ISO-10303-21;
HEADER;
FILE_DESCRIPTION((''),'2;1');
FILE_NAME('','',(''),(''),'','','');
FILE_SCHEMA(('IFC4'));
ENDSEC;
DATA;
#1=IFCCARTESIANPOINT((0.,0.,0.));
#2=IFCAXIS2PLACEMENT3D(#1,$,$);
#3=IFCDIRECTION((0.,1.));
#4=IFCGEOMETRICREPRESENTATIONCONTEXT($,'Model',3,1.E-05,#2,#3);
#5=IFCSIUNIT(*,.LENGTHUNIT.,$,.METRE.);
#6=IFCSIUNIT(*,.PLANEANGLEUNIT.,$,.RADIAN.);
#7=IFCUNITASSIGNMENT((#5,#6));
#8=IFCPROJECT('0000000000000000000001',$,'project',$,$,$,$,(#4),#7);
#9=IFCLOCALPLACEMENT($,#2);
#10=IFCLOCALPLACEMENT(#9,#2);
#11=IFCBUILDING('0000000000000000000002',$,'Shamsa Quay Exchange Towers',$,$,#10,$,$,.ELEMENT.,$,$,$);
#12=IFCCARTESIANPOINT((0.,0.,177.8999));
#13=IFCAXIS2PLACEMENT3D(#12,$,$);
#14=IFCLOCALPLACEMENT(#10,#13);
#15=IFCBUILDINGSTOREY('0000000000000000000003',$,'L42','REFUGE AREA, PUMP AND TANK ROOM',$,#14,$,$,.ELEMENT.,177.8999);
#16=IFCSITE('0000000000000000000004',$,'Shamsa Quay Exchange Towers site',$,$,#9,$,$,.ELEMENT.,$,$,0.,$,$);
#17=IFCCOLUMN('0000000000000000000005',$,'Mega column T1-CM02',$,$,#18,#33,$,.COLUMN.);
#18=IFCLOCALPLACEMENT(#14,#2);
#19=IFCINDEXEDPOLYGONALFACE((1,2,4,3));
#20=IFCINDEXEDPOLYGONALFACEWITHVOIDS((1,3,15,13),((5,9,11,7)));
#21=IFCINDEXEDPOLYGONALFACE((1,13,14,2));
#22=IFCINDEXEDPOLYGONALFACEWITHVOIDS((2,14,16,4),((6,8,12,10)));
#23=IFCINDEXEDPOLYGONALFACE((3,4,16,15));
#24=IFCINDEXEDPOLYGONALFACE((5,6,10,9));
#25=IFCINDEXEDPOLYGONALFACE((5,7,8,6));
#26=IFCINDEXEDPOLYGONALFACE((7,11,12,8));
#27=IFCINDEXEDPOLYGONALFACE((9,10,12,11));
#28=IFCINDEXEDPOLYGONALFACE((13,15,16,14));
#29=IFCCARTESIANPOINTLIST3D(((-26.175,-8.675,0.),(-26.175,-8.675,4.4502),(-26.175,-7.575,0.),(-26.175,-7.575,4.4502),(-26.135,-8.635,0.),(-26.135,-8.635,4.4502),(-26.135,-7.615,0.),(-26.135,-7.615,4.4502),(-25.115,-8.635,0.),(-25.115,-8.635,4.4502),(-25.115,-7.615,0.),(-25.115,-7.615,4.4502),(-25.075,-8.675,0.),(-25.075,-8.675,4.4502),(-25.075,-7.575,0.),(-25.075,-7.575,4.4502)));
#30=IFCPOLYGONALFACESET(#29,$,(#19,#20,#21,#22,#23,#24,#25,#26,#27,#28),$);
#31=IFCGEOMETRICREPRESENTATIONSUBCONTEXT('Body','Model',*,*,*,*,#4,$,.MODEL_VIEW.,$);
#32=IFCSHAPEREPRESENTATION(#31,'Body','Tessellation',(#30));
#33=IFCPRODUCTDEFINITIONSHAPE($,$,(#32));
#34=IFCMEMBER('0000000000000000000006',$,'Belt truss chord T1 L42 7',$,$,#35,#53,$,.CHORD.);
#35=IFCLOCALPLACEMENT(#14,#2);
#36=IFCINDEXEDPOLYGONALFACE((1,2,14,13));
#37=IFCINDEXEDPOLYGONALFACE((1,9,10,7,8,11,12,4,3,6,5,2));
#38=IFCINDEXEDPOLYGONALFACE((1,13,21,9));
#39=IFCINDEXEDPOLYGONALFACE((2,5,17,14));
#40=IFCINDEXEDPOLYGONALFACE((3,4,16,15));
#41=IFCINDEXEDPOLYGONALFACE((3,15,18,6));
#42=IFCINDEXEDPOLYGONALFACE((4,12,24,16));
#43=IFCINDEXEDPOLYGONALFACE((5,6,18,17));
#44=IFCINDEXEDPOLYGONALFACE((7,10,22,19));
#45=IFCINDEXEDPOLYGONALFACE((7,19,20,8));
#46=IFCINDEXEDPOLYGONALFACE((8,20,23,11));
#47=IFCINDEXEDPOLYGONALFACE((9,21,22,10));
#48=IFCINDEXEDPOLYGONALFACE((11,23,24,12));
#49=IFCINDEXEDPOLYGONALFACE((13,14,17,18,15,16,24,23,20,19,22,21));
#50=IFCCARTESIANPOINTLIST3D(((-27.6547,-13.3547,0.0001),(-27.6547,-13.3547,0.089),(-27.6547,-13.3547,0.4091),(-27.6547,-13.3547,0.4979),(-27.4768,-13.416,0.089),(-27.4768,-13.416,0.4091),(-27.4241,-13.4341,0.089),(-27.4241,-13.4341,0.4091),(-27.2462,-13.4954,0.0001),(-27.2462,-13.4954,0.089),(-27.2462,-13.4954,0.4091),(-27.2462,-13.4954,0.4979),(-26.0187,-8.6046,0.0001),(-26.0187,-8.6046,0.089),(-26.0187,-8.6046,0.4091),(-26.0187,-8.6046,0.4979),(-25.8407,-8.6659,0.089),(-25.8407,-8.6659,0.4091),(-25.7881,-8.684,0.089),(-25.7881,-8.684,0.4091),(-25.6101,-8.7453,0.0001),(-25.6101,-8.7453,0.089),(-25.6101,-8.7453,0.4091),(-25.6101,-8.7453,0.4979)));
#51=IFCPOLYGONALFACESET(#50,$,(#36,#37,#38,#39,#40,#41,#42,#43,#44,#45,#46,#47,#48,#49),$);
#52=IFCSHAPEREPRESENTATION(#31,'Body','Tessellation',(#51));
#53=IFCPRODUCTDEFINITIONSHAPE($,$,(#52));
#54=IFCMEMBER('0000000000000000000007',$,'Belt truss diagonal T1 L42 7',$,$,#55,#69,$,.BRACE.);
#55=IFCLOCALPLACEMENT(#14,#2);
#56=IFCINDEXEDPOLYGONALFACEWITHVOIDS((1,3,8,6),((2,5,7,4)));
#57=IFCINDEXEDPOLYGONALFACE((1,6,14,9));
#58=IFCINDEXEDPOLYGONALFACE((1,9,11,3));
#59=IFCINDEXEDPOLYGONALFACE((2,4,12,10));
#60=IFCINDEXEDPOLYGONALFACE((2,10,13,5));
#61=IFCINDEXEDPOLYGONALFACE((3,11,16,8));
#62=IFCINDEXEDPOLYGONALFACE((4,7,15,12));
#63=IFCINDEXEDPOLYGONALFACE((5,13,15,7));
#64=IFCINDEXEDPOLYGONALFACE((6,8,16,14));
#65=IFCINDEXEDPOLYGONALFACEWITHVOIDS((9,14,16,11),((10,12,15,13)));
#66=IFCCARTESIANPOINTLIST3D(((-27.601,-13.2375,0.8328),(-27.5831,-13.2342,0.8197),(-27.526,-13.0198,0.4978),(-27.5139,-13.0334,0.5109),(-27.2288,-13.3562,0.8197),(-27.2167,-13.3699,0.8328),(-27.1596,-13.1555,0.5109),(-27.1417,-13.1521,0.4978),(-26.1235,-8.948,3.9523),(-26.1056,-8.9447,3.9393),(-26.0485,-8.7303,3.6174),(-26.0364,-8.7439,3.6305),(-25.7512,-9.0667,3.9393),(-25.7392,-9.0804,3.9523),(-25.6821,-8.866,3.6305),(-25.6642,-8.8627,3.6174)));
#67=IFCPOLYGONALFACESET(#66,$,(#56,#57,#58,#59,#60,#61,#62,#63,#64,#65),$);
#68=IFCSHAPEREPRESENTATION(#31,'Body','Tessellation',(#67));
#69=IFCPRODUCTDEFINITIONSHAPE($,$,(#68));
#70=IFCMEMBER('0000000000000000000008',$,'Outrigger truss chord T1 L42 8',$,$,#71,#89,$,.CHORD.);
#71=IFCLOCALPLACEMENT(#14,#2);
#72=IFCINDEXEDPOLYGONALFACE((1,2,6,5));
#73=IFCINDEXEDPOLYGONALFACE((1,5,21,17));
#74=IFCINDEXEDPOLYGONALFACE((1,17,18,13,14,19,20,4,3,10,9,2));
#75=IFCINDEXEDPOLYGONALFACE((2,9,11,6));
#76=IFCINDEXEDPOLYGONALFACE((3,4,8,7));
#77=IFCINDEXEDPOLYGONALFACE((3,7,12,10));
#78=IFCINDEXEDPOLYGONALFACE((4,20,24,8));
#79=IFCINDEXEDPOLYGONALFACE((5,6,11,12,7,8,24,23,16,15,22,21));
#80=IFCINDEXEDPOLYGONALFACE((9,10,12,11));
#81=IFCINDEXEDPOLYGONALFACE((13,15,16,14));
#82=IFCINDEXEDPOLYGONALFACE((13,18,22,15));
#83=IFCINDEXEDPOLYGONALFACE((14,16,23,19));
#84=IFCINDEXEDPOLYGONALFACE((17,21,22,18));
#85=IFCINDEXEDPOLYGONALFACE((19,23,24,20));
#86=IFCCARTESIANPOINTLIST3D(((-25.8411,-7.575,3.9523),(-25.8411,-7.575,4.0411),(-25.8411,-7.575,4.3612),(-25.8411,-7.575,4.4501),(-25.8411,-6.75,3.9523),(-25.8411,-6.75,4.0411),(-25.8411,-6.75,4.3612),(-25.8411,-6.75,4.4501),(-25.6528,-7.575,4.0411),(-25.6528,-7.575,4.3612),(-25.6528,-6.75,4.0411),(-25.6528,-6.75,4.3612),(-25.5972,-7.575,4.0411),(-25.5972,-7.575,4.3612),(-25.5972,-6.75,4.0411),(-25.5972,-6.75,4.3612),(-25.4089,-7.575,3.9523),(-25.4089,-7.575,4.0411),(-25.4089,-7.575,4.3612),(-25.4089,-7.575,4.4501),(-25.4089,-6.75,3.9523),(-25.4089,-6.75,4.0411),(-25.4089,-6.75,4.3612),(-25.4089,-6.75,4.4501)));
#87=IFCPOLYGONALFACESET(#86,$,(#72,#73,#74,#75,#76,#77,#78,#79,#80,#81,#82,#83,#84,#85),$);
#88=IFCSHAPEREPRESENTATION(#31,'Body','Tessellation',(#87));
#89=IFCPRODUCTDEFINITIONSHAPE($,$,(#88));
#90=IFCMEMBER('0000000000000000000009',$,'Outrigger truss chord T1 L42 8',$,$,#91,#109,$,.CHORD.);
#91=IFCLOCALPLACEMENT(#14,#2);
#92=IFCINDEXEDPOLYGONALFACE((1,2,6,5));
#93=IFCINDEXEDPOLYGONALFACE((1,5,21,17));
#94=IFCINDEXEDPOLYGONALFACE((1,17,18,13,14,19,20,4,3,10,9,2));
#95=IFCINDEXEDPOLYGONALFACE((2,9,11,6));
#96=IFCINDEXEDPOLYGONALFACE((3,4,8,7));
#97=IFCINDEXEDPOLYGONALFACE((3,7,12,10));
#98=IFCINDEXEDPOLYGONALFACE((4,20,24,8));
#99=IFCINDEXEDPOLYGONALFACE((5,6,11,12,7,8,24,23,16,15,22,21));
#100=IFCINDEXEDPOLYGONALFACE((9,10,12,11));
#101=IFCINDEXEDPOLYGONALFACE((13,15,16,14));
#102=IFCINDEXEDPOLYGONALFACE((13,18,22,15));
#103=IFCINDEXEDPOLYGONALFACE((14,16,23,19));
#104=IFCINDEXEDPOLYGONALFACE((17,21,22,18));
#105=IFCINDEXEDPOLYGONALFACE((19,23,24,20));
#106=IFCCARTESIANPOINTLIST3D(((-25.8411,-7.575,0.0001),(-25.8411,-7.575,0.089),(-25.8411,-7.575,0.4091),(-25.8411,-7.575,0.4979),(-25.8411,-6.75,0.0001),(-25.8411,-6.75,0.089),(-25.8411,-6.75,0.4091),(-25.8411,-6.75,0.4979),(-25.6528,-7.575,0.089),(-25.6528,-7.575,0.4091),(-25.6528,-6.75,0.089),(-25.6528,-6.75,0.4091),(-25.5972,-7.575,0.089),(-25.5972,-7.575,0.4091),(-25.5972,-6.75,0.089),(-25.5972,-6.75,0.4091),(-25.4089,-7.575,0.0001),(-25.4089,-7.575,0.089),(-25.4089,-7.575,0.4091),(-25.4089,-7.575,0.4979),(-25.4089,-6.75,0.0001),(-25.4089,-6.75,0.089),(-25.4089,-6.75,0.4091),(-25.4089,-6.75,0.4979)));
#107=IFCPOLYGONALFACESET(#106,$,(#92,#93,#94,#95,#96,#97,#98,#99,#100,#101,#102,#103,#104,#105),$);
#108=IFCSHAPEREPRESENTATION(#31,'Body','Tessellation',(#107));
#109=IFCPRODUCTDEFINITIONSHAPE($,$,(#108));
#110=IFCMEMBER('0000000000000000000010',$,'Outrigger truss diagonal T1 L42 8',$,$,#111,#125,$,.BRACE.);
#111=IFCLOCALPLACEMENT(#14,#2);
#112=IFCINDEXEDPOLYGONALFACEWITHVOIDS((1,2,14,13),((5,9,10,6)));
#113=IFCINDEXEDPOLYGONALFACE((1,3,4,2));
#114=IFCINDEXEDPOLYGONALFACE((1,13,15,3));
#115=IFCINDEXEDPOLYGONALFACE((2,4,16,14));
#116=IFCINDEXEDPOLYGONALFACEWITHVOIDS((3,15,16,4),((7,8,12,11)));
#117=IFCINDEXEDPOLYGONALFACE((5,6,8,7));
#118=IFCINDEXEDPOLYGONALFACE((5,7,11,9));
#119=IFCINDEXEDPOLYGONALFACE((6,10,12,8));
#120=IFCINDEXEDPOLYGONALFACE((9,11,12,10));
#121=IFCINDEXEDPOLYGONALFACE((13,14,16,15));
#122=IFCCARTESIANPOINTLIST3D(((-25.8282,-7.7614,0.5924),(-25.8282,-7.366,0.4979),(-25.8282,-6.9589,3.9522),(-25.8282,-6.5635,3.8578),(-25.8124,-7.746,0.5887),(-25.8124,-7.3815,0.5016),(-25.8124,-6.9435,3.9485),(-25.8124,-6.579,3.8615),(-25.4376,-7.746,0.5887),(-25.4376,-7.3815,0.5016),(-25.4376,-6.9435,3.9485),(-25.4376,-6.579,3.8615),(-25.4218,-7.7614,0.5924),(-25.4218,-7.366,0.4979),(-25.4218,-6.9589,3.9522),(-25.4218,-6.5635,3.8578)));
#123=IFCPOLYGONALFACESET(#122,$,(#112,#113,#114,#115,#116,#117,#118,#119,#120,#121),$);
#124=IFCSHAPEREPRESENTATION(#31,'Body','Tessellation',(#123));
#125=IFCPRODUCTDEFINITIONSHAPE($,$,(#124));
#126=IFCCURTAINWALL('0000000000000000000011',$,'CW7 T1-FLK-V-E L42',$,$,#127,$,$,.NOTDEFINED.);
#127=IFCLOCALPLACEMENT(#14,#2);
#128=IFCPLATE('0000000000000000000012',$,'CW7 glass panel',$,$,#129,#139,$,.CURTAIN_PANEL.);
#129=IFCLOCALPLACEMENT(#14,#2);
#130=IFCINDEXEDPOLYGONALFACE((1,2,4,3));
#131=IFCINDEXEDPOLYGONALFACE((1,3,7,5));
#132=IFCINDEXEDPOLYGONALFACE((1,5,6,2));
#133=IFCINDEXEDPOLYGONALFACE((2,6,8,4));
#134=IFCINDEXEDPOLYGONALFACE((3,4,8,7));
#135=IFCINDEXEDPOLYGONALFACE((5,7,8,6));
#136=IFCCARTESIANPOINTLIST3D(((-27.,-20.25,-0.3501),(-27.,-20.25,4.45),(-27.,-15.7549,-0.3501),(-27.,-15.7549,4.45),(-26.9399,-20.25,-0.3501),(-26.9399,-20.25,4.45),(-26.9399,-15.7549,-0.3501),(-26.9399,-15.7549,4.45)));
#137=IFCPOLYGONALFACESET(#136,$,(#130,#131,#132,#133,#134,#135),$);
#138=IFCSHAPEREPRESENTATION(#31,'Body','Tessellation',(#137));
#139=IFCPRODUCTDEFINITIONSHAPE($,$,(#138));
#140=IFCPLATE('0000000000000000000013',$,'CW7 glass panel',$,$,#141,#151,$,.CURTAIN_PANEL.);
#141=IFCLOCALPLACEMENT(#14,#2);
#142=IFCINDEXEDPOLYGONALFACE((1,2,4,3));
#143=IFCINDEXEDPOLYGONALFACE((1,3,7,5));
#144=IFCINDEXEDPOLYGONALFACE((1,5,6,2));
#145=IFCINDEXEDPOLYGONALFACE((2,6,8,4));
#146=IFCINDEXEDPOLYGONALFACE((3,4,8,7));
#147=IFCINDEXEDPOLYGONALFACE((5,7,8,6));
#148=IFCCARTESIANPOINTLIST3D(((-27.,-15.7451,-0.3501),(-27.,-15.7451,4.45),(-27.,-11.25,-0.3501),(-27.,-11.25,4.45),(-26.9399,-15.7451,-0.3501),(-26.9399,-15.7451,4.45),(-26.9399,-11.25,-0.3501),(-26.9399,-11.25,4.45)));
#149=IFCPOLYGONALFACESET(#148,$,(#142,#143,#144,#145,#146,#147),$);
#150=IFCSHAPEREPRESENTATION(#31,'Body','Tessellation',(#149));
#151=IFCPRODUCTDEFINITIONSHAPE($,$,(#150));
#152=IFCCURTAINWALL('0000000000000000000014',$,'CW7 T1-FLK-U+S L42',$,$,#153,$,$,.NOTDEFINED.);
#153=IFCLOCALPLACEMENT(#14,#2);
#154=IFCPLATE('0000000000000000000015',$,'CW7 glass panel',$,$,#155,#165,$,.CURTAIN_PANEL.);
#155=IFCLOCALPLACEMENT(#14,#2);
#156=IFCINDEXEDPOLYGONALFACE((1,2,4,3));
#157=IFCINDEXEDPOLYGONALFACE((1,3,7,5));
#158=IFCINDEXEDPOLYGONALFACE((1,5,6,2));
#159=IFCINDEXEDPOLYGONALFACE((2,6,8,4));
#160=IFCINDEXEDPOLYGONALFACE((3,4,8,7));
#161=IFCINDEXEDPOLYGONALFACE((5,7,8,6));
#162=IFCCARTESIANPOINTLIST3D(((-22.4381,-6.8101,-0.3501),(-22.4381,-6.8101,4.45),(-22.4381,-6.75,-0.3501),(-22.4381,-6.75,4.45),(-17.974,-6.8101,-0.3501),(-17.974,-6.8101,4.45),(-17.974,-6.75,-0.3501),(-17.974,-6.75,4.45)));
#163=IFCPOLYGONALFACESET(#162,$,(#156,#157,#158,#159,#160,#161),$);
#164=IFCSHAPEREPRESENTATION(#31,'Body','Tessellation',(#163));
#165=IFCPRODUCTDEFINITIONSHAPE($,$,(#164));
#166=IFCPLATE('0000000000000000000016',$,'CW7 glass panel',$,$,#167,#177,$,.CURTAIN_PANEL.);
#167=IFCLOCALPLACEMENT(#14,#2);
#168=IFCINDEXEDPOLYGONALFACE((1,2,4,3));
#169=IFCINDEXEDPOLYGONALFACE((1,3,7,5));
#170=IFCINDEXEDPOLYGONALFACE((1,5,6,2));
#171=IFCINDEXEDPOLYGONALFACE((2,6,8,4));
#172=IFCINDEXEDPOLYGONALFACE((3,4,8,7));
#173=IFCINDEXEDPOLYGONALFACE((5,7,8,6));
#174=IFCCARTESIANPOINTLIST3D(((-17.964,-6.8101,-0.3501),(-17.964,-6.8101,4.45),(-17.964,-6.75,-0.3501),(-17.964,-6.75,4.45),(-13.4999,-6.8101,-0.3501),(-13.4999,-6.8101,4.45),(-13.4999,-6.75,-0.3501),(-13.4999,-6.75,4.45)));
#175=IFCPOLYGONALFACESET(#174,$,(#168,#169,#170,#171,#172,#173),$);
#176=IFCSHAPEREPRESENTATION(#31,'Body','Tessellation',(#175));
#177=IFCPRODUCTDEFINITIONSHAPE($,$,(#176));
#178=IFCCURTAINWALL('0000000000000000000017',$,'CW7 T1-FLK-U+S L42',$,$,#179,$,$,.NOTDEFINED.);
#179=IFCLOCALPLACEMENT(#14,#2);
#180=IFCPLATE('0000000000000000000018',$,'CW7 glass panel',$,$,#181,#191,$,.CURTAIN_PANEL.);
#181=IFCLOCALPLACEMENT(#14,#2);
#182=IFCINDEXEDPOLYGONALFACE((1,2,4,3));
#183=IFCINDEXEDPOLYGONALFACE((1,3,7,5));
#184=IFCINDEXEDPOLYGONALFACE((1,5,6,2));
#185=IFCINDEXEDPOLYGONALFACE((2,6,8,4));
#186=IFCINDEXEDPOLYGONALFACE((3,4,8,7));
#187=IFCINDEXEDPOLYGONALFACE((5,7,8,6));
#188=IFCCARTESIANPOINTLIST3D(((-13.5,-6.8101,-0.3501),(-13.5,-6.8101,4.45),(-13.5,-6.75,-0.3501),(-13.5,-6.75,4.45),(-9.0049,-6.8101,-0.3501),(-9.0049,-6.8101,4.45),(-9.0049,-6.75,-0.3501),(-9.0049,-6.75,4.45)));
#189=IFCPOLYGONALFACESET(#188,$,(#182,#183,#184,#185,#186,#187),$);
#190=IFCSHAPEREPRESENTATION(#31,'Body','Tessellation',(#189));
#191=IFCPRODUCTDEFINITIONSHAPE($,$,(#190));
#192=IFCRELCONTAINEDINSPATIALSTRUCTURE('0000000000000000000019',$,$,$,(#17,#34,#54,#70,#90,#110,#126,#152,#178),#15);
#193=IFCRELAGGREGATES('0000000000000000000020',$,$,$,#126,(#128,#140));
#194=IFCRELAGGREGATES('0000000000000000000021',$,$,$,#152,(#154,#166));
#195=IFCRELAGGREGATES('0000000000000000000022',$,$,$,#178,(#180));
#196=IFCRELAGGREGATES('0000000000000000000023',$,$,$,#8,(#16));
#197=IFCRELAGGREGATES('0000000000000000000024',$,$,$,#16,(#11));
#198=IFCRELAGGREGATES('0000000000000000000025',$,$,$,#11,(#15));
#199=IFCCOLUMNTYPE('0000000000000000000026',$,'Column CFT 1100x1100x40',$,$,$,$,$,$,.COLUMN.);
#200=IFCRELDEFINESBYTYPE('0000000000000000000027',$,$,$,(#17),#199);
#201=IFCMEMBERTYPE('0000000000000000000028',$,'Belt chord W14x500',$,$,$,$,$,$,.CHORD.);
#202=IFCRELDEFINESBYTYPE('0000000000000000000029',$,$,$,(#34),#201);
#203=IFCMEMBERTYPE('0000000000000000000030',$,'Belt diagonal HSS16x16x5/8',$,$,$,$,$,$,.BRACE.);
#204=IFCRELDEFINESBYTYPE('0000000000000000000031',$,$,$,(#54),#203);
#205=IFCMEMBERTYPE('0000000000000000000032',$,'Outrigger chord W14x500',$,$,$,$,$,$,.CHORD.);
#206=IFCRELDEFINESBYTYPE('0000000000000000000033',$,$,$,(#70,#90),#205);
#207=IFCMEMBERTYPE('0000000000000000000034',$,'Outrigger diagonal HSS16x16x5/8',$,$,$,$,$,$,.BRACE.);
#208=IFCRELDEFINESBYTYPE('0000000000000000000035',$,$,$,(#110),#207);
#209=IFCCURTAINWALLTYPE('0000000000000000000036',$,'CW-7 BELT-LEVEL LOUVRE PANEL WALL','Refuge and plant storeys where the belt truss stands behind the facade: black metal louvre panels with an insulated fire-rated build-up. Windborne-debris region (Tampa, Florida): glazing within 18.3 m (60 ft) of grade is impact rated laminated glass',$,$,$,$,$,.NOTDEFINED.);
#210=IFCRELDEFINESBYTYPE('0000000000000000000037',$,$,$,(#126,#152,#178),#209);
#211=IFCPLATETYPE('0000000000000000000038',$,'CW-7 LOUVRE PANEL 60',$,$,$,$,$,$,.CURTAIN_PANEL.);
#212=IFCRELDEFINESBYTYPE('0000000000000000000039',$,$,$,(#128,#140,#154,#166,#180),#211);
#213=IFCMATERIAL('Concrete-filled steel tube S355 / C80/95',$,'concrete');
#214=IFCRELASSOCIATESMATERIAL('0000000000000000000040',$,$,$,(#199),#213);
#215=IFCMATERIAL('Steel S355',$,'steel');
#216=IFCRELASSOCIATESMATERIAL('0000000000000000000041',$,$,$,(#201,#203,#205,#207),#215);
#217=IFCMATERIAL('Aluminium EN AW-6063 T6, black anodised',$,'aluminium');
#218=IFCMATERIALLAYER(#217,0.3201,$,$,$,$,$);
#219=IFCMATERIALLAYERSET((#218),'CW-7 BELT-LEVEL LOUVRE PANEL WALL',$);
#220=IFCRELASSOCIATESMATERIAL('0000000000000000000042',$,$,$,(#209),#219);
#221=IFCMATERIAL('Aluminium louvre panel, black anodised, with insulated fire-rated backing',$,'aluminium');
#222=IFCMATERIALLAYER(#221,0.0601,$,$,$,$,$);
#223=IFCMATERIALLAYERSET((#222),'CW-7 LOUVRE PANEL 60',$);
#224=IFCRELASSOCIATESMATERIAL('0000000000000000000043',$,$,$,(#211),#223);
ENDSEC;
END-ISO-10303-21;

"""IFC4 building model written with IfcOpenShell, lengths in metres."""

from ifc_helpers import new_model, si_unit, direction, frame, origin, origin_2d, place, context, subcontext, project, spatial, rectangle, hollow_rectangle, i_section, extrude, material, layer, layer_set, material_profile, profile_set, type_object, element, aggregate, save


model = new_model("IFC4")

# Units and contexts
model_context = context("Model", 3, precision=1e-05, world=origin(), true_north=direction((0.0, 1.0)))
body_context = subcontext(model_context, "Body", "Model", "MODEL_VIEW")
ifc_project = project(units=[si_unit("LENGTHUNIT", "METRE"), si_unit("PLANEANGLEUNIT", "RADIAN")], contexts=[model_context])

# Site, building, storey
site_placement = place(None, origin())
site = spatial("IfcSite", under=ifc_project, at=site_placement, Name="Shamsa Quay Exchange Towers site", CompositionType="ELEMENT", RefElevation=0.0)
building_placement = place(site_placement, origin())
building = spatial("IfcBuilding", under=site, at=building_placement, Name="Shamsa Quay Exchange Towers", CompositionType="ELEMENT")
storey_placement = place(building_placement, frame((0.0, 0.0, 177.8999)))
storey = spatial("IfcBuildingStorey", under=building, at=storey_placement, Name="L42", Description="REFUGE AREA, PUMP AND TANK ROOM", CompositionType="ELEMENT", Elevation=177.8999)

# Column
ifc_material_1 = material(Name="Concrete-filled steel tube S355 / C80/95", Category="concrete")
ifc_material_profile_1 = material_profile(ifc_material_1, hollow_rectangle(XDim=1.1001, YDim=1.1001, WallThickness=0.04, at=origin_2d()), Name="CFT 1100x1100x40")
ifc_profile_set_1 = profile_set([ifc_material_profile_1], Name="Concrete-filled steel tube S355 / C80/95")
column_type = type_object("IfcColumnType", Name="Column CFT 1100x1100x40", PredefinedType="COLUMN", material=ifc_profile_set_1)
column_placement = place(storey_placement, frame((-25.625, -8.125, 0.0)))
element("IfcColumn", 1, at=column_placement, inside=storey, type_object=column_type, Name="Mega column T1-CM02", PredefinedType="COLUMN", context=body_context, shape_type="SweptSolid", body=[
    extrude(hollow_rectangle(XDim=1.1001, YDim=1.1001, WallThickness=0.04, at=origin_2d()), origin(), (0.0, 0.0, 1.0), 4.4502),
])

# Members
ifc_material_2 = material(Name="Steel S355", Category="steel")
ifc_material_profile_2 = material_profile(ifc_material_2, i_section(OverallWidth=0.4321, OverallDepth=0.4978, WebThickness=0.0557, FlangeThickness=0.0889, at=origin_2d()), Name="W14x500")
ifc_profile_set_2 = profile_set([ifc_material_profile_2], Name="Steel S355")
member_type_1 = type_object("IfcMemberType", Name="Belt chord W14x500", PredefinedType="CHORD", material=ifc_profile_set_2)
member_1_placement = place(storey_placement, frame((-27.4504, -13.425, 0.249), z_axis=(0.325645, 0.945492, 0.0), x_axis=(-0.945492, 0.325645, 0.0)))
element("IfcMember", 2, at=member_1_placement, inside=storey, type_object=member_type_1, Name="Belt truss chord T1 L42 7", PredefinedType="CHORD", context=body_context, shape_type="SweptSolid", body=[
    extrude(i_section(OverallWidth=0.4321, OverallDepth=0.4978, WebThickness=0.0557, FlangeThickness=0.0889, at=origin_2d()), origin(), (0.0, 0.0, 1.0), 5.0239),
])
ifc_material_profile_3 = material_profile(ifc_material_2, hollow_rectangle(XDim=0.4065, YDim=0.4065, WallThickness=0.0159, at=origin_2d()), Name="HSS16x16x5/8")
ifc_profile_set_3 = profile_set([ifc_material_profile_3], Name="Steel S355")
member_type_2 = type_object("IfcMemberType", Name="Belt diagonal HSS16x16x5/8", PredefinedType="BRACE", material=ifc_profile_set_3)
member_2_placement = place(storey_placement, frame((-27.3713, -13.1948, 0.6653), z_axis=(0.268353, 0.779076, 0.566593), x_axis=(-0.945483, 0.325672, 0.0)))
element("IfcMember", 3, at=member_2_placement, inside=storey, type_object=member_type_2, Name="Belt truss diagonal T1 L42 7", PredefinedType="BRACE", context=body_context, shape_type="SweptSolid", body=[
    extrude(hollow_rectangle(XDim=0.4065, YDim=0.4065, WallThickness=0.0159, at=origin_2d()), origin(), (0.0, 0.0, 1.0), 5.5059),
])
ifc_material_profile_4 = material_profile(ifc_material_2, i_section(OverallWidth=0.4321, OverallDepth=0.4978, WebThickness=0.0557, FlangeThickness=0.0889, at=origin_2d()), Name="W14x500")
ifc_profile_set_4 = profile_set([ifc_material_profile_4], Name="Steel S355")
member_type_3 = type_object("IfcMemberType", Name="Outrigger chord W14x500", PredefinedType="CHORD", material=ifc_profile_set_4)
for number, where, z_axis, x_axis, name in (
    (4, (-25.625, -7.575, 4.2012), (0.0, 1.0, 0.0), (-1.0, 0.0, 0.0), "Outrigger truss chord T1 L42 8"),
    (5, (-25.625, -7.575, 0.249), (0.0, 1.0, 0.0), (-1.0, 0.0, 0.0), "Outrigger truss chord T1 L42 8"),
):
    element("IfcMember", number, at=place(storey_placement, frame(where, z_axis=z_axis, x_axis=x_axis)), inside=storey, type_object=member_type_3, Name=name, PredefinedType="CHORD", context=body_context, shape_type="SweptSolid", body=[
        extrude(i_section(OverallWidth=0.4321, OverallDepth=0.4978, WebThickness=0.0557, FlangeThickness=0.0889, at=origin_2d()), origin(), (0.0, 0.0, 1.0), 0.825),
    ])
ifc_material_profile_5 = material_profile(ifc_material_2, hollow_rectangle(XDim=0.4065, YDim=0.4065, WallThickness=0.0159, at=origin_2d()), Name="HSS16x16x5/8")
ifc_profile_set_5 = profile_set([ifc_material_profile_5], Name="Steel S355")
member_type_4 = type_object("IfcMemberType", Name="Outrigger diagonal HSS16x16x5/8", PredefinedType="BRACE", material=ifc_profile_set_5)
member_3_placement = place(storey_placement, frame((-25.625, -7.5637, 0.5452), z_axis=(0.0, 0.232312, 0.972641), x_axis=(-1.0, 0.0, 0.0)))
element("IfcMember", 6, at=member_3_placement, inside=storey, type_object=member_type_4, Name="Outrigger truss diagonal T1 L42 8", PredefinedType="BRACE", context=body_context, shape_type="SweptSolid", body=[
    extrude(hollow_rectangle(XDim=0.4065, YDim=0.4065, WallThickness=0.0159, at=origin_2d()), origin(), (0.0, 0.0, 1.0), 3.4543),
])

# Curtain walls, plates
ifc_material_3 = material(Name="Aluminium EN AW-6063 T6, black anodised", Category="aluminium")
ifc_layer_1 = layer(ifc_material_3, 0.3201)
ifc_layer_set_1 = layer_set([ifc_layer_1], Name="CW-7 BELT-LEVEL LOUVRE PANEL WALL")
curtain_wall_type = type_object("IfcCurtainWallType", Name="CW-7 BELT-LEVEL LOUVRE PANEL WALL", Description="Refuge and plant storeys where the belt truss stands behind the facade: black metal louvre panels with an insulated fire-rated build-up. Windborne-debris region (Tampa, Florida): glazing within 18.3 m (60 ft) of grade is impact rated laminated glass", PredefinedType="NOTDEFINED", material=ifc_layer_set_1)
curtain_wall_1_placement = place(storey_placement, origin())
curtain_wall_1 = element("IfcCurtainWall", 7, at=curtain_wall_1_placement, inside=storey, type_object=curtain_wall_type, Name="CW7 T1-FLK-V-E L42", PredefinedType="NOTDEFINED")
ifc_material_4 = material(Name="Aluminium louvre panel, black anodised, with insulated fire-rated backing", Category="aluminium")
ifc_layer_2 = layer(ifc_material_4, 0.0601)
ifc_layer_set_2 = layer_set([ifc_layer_2], Name="CW-7 LOUVRE PANEL 60")
plate_type = type_object("IfcPlateType", Name="CW-7 LOUVRE PANEL 60", PredefinedType="CURTAIN_PANEL", material=ifc_layer_set_2)
plate_1_placement = place(storey_placement, frame((-26.97, -18.0024, -0.3501), z_axis=(0.0, 0.0, 1.0), x_axis=(0.0, 1.0, 0.0)))
plate_1 = element("IfcPlate", 8, at=plate_1_placement, type_object=plate_type, Name="CW7 glass panel", PredefinedType="CURTAIN_PANEL", context=body_context, shape_type="SweptSolid", body=[
    extrude(rectangle(XDim=4.4951, YDim=0.0601, at=origin_2d()), origin(), (0.0, 0.0, 1.0), 4.8),
])
plate_2_placement = place(storey_placement, frame((-26.97, -13.4976, -0.3501), z_axis=(0.0, 0.0, 1.0), x_axis=(0.0, 1.0, 0.0)))
plate_2 = element("IfcPlate", 9, at=plate_2_placement, type_object=plate_type, Name="CW7 glass panel", PredefinedType="CURTAIN_PANEL", context=body_context, shape_type="SweptSolid", body=[
    extrude(rectangle(XDim=4.4951, YDim=0.0601, at=origin_2d()), origin(), (0.0, 0.0, 1.0), 4.8),
])
aggregate(curtain_wall_1, [plate_1, plate_2])
curtain_wall_2_placement = place(storey_placement, origin())
curtain_wall_2 = element("IfcCurtainWall", 10, at=curtain_wall_2_placement, inside=storey, type_object=curtain_wall_type, Name="CW7 T1-FLK-U+S L42", PredefinedType="NOTDEFINED")
plate_3_placement = place(storey_placement, frame((-20.2061, -6.78, -0.3501)))
plate_3 = element("IfcPlate", 11, at=plate_3_placement, type_object=plate_type, Name="CW7 glass panel", PredefinedType="CURTAIN_PANEL", context=body_context, shape_type="SweptSolid", body=[
    extrude(rectangle(XDim=4.4641, YDim=0.0601, at=origin_2d()), origin(), (0.0, 0.0, 1.0), 4.8),
])
plate_4_placement = place(storey_placement, frame((-15.7319, -6.78, -0.3501)))
plate_4 = element("IfcPlate", 12, at=plate_4_placement, type_object=plate_type, Name="CW7 glass panel", PredefinedType="CURTAIN_PANEL", context=body_context, shape_type="SweptSolid", body=[
    extrude(rectangle(XDim=4.4641, YDim=0.0601, at=origin_2d()), origin(), (0.0, 0.0, 1.0), 4.8),
])
aggregate(curtain_wall_2, [plate_3, plate_4])

# Curtain wall, plate
curtain_wall_3_placement = place(storey_placement, origin())
curtain_wall_3 = element("IfcCurtainWall", 13, at=curtain_wall_3_placement, inside=storey, type_object=curtain_wall_type, Name="CW7 T1-FLK-U+S L42", PredefinedType="NOTDEFINED")
plate_5_placement = place(storey_placement, frame((-11.2524, -6.78, -0.3501)))
plate_5 = element("IfcPlate", 14, at=plate_5_placement, type_object=plate_type, Name="CW7 glass panel", PredefinedType="CURTAIN_PANEL", context=body_context, shape_type="SweptSolid", body=[
    extrude(rectangle(XDim=4.4951, YDim=0.0601, at=origin_2d()), origin(), (0.0, 0.0, 1.0), 4.8),
])
aggregate(curtain_wall_3, [plate_5])

save(model, "model.ifc")
